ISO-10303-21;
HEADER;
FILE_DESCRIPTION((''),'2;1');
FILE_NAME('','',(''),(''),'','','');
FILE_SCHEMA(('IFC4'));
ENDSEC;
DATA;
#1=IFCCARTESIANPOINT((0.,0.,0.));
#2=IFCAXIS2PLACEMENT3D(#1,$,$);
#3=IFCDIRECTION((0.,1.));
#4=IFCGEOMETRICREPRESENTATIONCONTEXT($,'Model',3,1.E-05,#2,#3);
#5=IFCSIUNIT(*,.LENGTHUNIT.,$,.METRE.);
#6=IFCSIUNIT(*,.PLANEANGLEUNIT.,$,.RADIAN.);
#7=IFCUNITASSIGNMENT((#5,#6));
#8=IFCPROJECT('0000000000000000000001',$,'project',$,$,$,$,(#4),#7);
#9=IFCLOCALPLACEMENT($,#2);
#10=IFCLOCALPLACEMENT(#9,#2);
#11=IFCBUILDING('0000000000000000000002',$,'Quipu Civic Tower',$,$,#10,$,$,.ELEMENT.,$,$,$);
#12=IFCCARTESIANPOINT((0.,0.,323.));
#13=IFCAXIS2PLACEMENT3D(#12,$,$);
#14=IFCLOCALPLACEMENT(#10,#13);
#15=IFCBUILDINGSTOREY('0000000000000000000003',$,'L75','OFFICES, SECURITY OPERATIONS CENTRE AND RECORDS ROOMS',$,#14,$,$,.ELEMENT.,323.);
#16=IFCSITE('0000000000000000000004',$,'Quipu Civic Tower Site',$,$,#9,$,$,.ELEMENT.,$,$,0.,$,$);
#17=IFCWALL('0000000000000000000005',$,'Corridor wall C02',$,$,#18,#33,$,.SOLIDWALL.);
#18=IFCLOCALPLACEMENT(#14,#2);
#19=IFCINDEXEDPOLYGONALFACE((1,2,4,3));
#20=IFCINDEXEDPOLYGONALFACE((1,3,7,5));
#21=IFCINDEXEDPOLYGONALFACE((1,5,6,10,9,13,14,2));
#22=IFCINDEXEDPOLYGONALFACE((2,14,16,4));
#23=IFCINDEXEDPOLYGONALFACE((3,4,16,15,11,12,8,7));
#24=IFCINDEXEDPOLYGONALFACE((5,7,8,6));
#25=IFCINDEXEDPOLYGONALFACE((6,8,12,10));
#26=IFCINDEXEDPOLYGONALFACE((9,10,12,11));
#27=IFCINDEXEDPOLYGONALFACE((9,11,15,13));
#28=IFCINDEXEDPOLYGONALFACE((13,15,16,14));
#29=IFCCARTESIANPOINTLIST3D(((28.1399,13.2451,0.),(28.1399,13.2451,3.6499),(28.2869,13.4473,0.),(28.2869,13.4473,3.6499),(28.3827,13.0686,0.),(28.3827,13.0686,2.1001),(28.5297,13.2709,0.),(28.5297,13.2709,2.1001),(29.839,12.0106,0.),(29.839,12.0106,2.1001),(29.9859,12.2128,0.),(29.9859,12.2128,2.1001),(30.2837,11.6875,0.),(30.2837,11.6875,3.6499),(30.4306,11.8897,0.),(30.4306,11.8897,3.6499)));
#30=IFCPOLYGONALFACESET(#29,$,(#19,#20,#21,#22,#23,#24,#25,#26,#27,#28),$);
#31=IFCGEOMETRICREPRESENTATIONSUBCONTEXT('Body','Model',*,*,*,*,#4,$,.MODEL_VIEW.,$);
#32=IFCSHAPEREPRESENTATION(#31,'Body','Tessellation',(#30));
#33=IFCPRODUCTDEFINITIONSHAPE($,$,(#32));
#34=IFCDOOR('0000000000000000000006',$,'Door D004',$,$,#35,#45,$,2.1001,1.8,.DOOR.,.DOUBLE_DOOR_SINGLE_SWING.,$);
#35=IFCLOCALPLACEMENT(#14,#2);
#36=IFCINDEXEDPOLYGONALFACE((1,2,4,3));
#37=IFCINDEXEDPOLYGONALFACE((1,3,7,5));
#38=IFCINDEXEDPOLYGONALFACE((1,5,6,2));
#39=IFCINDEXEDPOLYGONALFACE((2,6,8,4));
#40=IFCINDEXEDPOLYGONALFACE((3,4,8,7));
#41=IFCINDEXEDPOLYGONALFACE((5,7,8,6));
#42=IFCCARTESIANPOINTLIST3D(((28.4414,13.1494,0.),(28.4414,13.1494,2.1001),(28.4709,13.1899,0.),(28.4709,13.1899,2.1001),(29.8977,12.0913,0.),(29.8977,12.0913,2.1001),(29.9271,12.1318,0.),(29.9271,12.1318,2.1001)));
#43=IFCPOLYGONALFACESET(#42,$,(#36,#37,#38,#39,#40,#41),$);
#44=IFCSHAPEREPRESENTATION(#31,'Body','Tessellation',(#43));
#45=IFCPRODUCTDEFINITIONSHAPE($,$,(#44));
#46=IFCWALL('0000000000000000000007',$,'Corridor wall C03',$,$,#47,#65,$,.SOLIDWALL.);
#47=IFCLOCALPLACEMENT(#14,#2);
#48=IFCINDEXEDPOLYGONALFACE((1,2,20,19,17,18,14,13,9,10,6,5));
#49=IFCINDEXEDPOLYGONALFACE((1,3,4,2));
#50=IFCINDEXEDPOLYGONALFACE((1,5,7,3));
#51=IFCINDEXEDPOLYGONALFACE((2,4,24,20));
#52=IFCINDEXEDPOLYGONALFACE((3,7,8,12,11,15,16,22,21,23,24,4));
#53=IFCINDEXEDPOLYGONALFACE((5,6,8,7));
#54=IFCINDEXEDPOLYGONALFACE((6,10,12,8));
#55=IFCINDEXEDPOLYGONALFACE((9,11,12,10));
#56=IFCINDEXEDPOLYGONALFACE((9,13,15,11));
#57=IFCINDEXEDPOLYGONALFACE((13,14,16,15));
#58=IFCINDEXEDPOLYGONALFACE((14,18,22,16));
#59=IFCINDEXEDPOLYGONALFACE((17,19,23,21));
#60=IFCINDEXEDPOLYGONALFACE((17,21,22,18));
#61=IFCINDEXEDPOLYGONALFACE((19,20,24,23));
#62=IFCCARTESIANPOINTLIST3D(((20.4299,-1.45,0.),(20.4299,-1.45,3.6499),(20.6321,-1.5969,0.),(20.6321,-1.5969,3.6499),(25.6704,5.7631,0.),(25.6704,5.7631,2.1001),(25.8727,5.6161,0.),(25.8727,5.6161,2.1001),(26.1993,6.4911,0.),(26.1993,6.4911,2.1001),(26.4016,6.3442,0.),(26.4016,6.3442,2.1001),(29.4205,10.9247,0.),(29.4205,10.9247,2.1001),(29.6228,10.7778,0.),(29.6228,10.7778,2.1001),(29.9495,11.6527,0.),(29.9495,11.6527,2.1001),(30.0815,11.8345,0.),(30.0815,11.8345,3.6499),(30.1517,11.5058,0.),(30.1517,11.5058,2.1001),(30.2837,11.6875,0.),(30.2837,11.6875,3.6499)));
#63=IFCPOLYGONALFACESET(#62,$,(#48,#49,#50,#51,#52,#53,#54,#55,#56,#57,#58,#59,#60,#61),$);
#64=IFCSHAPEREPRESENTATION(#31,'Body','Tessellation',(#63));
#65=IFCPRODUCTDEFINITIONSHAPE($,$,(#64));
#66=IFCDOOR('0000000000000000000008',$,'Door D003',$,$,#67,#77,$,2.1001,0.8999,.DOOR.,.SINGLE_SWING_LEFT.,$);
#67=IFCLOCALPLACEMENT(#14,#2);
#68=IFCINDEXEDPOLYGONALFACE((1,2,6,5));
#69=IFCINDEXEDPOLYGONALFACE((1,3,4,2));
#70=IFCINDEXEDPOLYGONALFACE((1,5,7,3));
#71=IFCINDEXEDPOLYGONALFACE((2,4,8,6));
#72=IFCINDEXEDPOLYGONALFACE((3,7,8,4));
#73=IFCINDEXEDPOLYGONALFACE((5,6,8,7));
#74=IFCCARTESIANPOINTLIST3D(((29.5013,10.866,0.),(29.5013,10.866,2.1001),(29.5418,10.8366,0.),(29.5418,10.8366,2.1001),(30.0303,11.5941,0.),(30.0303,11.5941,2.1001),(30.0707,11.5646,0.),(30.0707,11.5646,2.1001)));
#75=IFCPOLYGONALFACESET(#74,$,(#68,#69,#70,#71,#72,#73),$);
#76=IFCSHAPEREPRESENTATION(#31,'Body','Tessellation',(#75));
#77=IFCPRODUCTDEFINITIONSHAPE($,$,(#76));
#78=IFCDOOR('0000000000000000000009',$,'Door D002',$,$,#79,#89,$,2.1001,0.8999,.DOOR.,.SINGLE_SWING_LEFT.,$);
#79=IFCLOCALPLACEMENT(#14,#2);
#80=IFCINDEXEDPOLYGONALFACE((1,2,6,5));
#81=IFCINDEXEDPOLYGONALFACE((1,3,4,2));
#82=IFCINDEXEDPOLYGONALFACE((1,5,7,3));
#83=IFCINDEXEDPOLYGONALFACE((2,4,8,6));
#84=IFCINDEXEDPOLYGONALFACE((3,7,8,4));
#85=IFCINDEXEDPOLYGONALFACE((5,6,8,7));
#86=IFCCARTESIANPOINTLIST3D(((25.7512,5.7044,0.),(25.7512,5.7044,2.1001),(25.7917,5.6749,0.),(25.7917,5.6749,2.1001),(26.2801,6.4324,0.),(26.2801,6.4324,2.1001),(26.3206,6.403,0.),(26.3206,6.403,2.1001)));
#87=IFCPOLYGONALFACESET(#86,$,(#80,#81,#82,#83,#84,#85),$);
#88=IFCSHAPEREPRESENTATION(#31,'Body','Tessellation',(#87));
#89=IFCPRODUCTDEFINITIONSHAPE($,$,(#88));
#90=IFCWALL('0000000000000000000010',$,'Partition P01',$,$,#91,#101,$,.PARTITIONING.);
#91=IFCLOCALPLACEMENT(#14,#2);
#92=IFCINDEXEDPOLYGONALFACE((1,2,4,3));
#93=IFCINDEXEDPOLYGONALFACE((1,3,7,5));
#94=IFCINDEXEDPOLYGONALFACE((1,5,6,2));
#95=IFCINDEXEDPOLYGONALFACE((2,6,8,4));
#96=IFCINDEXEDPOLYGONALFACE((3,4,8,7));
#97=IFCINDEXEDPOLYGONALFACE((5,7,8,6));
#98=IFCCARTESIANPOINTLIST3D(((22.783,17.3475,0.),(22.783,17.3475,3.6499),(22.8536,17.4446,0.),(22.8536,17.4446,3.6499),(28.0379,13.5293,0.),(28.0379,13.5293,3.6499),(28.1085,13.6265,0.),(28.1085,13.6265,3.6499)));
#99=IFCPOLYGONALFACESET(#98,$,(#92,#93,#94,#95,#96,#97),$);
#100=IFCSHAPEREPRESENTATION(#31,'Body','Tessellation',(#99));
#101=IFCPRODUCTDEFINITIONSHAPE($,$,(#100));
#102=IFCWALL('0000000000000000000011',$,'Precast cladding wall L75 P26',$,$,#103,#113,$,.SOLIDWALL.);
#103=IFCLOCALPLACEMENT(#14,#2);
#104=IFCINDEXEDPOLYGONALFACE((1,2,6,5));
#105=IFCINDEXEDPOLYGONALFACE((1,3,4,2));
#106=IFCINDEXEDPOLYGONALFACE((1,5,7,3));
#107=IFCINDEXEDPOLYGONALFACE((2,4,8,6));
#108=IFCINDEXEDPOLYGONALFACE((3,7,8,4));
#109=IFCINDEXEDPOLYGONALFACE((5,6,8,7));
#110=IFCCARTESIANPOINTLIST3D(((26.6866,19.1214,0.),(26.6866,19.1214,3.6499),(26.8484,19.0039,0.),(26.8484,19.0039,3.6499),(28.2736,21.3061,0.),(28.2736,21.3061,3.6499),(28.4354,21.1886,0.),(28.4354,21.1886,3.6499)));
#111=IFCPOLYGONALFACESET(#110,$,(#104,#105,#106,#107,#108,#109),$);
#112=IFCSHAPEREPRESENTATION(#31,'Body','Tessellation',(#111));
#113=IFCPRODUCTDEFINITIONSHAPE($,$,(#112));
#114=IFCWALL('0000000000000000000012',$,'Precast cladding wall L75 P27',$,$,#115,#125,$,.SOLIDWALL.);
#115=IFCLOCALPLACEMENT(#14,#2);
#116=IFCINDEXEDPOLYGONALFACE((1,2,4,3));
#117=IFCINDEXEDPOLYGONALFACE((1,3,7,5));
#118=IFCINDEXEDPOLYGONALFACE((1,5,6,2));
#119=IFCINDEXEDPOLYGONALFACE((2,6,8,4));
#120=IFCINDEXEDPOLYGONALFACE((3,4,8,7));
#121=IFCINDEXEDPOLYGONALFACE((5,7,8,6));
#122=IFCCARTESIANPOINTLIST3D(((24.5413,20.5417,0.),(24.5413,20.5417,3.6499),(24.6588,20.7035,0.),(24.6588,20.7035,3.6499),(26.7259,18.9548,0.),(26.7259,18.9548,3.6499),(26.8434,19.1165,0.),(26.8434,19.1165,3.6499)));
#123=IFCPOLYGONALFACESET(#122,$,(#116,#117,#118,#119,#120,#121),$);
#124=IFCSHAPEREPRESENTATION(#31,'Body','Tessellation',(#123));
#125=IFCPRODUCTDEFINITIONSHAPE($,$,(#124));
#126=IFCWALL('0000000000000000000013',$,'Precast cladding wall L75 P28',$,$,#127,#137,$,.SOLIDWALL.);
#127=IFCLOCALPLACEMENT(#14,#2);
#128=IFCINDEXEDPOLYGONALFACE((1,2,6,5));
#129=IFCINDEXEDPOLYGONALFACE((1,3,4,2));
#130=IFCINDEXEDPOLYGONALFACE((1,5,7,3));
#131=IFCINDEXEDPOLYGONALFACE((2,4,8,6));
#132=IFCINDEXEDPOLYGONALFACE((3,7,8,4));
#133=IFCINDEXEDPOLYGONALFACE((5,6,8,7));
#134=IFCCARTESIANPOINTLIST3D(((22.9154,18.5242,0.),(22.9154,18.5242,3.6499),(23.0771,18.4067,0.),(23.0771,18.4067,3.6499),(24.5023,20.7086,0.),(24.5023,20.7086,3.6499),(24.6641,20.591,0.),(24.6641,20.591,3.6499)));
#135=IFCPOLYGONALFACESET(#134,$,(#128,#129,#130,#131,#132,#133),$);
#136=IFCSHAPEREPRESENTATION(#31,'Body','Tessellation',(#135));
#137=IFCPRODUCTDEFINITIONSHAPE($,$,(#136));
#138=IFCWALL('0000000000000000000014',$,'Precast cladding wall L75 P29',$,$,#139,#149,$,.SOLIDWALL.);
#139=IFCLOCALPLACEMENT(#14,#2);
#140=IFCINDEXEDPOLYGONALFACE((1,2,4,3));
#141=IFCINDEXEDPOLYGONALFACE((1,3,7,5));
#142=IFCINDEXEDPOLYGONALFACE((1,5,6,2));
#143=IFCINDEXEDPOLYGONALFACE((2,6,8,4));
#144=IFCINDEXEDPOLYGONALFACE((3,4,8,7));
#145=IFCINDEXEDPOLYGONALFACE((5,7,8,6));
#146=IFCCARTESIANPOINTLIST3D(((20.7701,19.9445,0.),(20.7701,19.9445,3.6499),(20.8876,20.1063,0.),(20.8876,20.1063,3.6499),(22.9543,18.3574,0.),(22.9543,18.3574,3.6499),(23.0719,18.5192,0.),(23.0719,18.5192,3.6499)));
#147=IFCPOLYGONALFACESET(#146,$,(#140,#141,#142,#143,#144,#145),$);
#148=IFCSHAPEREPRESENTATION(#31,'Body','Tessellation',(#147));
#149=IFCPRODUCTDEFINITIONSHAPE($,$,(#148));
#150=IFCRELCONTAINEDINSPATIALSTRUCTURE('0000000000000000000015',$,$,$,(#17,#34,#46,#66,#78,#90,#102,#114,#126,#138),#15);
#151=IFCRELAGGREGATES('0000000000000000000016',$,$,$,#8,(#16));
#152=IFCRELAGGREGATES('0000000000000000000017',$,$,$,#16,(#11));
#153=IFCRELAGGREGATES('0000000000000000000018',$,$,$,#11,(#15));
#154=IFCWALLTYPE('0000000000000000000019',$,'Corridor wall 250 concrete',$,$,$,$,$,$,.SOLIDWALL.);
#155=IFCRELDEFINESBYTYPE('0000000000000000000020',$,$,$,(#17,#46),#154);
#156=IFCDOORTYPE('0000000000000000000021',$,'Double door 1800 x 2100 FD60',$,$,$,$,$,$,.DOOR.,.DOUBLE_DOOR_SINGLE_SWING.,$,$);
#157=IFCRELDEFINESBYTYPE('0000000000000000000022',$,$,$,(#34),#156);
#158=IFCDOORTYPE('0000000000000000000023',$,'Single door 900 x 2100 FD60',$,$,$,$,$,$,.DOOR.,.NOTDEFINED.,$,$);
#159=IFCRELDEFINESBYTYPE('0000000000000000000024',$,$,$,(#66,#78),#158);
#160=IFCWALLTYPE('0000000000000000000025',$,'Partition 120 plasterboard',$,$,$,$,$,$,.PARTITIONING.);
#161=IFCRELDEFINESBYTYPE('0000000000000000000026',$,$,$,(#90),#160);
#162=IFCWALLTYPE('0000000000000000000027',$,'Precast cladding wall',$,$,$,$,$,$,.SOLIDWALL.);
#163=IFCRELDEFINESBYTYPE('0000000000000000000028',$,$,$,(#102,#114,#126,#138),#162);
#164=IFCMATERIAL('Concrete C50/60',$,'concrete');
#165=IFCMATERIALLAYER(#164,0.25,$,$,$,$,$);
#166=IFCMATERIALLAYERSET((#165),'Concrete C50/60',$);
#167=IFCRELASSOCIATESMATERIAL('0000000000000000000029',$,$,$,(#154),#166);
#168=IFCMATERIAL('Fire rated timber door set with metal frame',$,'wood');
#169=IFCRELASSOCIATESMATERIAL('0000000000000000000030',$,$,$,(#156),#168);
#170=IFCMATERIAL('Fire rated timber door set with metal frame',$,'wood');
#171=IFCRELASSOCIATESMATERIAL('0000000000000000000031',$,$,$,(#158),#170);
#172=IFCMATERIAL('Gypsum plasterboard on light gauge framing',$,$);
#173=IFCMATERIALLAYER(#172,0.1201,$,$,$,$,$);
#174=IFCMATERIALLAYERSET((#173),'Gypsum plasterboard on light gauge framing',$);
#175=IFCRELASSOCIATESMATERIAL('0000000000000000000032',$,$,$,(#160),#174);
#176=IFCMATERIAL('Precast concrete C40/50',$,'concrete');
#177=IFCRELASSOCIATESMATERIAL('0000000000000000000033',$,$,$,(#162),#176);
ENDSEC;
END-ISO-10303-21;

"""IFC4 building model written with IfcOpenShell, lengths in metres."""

from ifc_helpers import new_model, si_unit, direction, frame, frame_2d, origin, place, context, subcontext, project, spatial, rectangle, extrude, material, layer, layer_set, type_object, element, fill, save


model = new_model("IFC4")

# Units and contexts
model_context = context("Model", 3, precision=1e-05, world=origin(), true_north=direction((0.0, 1.0)))
body_context = subcontext(model_context, "Body", "Model", "MODEL_VIEW")
ifc_project = project(units=[si_unit("LENGTHUNIT", "METRE"), si_unit("PLANEANGLEUNIT", "RADIAN")], contexts=[model_context])

# Site, building, storey
site_placement = place(None, origin())
site = spatial("IfcSite", under=ifc_project, at=site_placement, Name="Quipu Civic Tower Site", CompositionType="ELEMENT", RefElevation=0.0)
building_placement = place(site_placement, origin())
building = spatial("IfcBuilding", under=site, at=building_placement, Name="Quipu Civic Tower", CompositionType="ELEMENT")
storey_placement = place(building_placement, frame((0.0, 0.0, 323.0)))
storey = spatial("IfcBuildingStorey", under=building, at=storey_placement, Name="L75", Description="OFFICES, SECURITY OPERATIONS CENTRE AND RECORDS ROOMS", CompositionType="ELEMENT", Elevation=323.0)

# Wall, opening, door
ifc_material_1 = material(Name="Concrete C50/60", Category="concrete")
ifc_layer_1 = layer(ifc_material_1, 0.25)
ifc_layer_set_1 = layer_set([ifc_layer_1], Name="Concrete C50/60")
wall_type_1 = type_object("IfcWallType", Name="Corridor wall 250 concrete", PredefinedType="SOLIDWALL", material=ifc_layer_set_1)
wall_1_placement = place(storey_placement, frame((28.2134, 13.3462, 0.0), z_axis=(0.0, 0.0, 1.0), x_axis=(0.809007, -0.587799, 0.0)))
wall_1 = element("IfcWall", 1, at=wall_1_placement, inside=storey, type_object=wall_type_1, Name="Corridor wall C02", PredefinedType="SOLIDWALL", context=body_context, shape_type="SweptSolid", body=[
    extrude(rectangle(XDim=2.6499, YDim=0.25, at=frame_2d((1.325, 0.0))), origin(), (0.0, 0.0, 1.0), 3.6499),
])
opening_1_placement = place(wall_1_placement, frame((0.3003, 0.0, 0.0)))
opening_1 = element("IfcOpeningElement", 2, at=opening_1_placement, cuts=wall_1, PredefinedType="OPENING", context=body_context, shape_type="SweptSolid", body=[
    extrude(rectangle(XDim=1.8, YDim=2.1001, at=frame_2d((0.8999, 1.05))), frame((0.0, 0.135, 0.0), z_axis=(0.0, -1.0, 0.0), x_axis=(1.0, 0.0, 0.0)), (0.0, 0.0, 1.0), 0.27),
])
ifc_material_2 = material(Name="Fire rated timber door set with metal frame", Category="wood")
door_type_1 = type_object("IfcDoorType", Name="Double door 1800 x 2100 FD60", OperationType="DOUBLE_DOOR_SINGLE_SWING", PredefinedType="DOOR", material=ifc_material_2)
door_1_placement = place(opening_1_placement, origin())
door_1 = element("IfcDoor", 3, at=door_1_placement, inside=storey, type_object=door_type_1, Name="Door D004", OperationType="DOUBLE_DOOR_SINGLE_SWING", OverallHeight=2.1001, OverallWidth=1.8, PredefinedType="DOOR", context=body_context, shape_type="SweptSolid", body=[
    extrude(rectangle(XDim=1.8, YDim=2.1001, at=frame_2d((0.8999, 1.05))), frame((0.0, 0.0249, 0.0), z_axis=(0.0, -1.0, 0.0), x_axis=(1.0, 0.0, 0.0)), (0.0, 0.0, 1.0), 0.05),
])
fill(opening_1, door_1)

# Wall, openings, doors
wall_2_placement = place(storey_placement, frame((30.1826, 11.761, 0.0), z_axis=(0.0, 0.0, 1.0), x_axis=(-0.587782, -0.80902, 0.0)))
wall_2 = element("IfcWall", 4, at=wall_2_placement, inside=storey, type_object=wall_type_1, Name="Corridor wall C03", PredefinedType="SOLIDWALL", context=body_context, shape_type="SweptSolid", body=[
    extrude(rectangle(XDim=16.4204, YDim=0.25, at=frame_2d((8.2102, 0.0))), origin(), (0.0, 0.0, 1.0), 3.6499),
])
opening_2_placement = place(wall_2_placement, frame((0.2246, 0.0, 0.0)))
opening_2 = element("IfcOpeningElement", 5, at=opening_2_placement, cuts=wall_2, PredefinedType="OPENING", context=body_context, shape_type="SweptSolid", body=[
    extrude(rectangle(XDim=0.8999, YDim=2.1001, at=frame_2d((0.45, 1.05))), frame((0.0, 0.135, 0.0), z_axis=(0.0, -1.0, 0.0), x_axis=(1.0, 0.0, 0.0)), (0.0, 0.0, 1.0), 0.27),
])
opening_3_placement = place(wall_2_placement, frame((6.6047, 0.0, 0.0)))
opening_3 = element("IfcOpeningElement", 6, at=opening_3_placement, cuts=wall_2, PredefinedType="OPENING", context=body_context, shape_type="SweptSolid", body=[
    extrude(rectangle(XDim=0.8999, YDim=2.1001, at=frame_2d((0.45, 1.05))), frame((0.0, 0.135, 0.0), z_axis=(0.0, -1.0, 0.0), x_axis=(1.0, 0.0, 0.0)), (0.0, 0.0, 1.0), 0.27),
])
ifc_material_3 = material(Name="Fire rated timber door set with metal frame", Category="wood")
door_type_2 = type_object("IfcDoorType", Name="Single door 900 x 2100 FD60", OperationType="NOTDEFINED", PredefinedType="DOOR", material=ifc_material_3)
door_2_placement = place(opening_2_placement, origin())
door_2 = element("IfcDoor", 7, at=door_2_placement, inside=storey, type_object=door_type_2, Name="Door D003", OperationType="SINGLE_SWING_LEFT", OverallHeight=2.1001, OverallWidth=0.8999, PredefinedType="DOOR", context=body_context, shape_type="SweptSolid", body=[
    extrude(rectangle(XDim=0.8999, YDim=2.1001, at=frame_2d((0.45, 1.05))), frame((0.0, 0.0249, 0.0), z_axis=(0.0, -1.0, 0.0), x_axis=(1.0, 0.0, 0.0)), (0.0, 0.0, 1.0), 0.05),
])
fill(opening_2, door_2)
door_3_placement = place(opening_3_placement, origin())
door_3 = element("IfcDoor", 8, at=door_3_placement, inside=storey, type_object=door_type_2, Name="Door D002", OperationType="SINGLE_SWING_LEFT", OverallHeight=2.1001, OverallWidth=0.8999, PredefinedType="DOOR", context=body_context, shape_type="SweptSolid", body=[
    extrude(rectangle(XDim=0.8999, YDim=2.1001, at=frame_2d((0.45, 1.05))), frame((0.0, 0.0249, 0.0), z_axis=(0.0, -1.0, 0.0), x_axis=(1.0, 0.0, 0.0)), (0.0, 0.0, 1.0), 0.05),
])
fill(opening_3, door_3)

# Walls
ifc_material_4 = material(Name="Gypsum plasterboard on light gauge framing")
ifc_layer_2 = layer(ifc_material_4, 0.1201)
ifc_layer_set_2 = layer_set([ifc_layer_2], Name="Gypsum plasterboard on light gauge framing")
wall_type_2 = type_object("IfcWallType", Name="Partition 120 plasterboard", PredefinedType="PARTITIONING", material=ifc_layer_set_2)
wall_3_placement = place(storey_placement, frame((28.0732, 13.5779, 0.0), z_axis=(0.0, 0.0, 1.0), x_axis=(-0.809001, 0.587807, 0.0)))
element("IfcWall", 9, at=wall_3_placement, inside=storey, type_object=wall_type_2, Name="Partition P01", PredefinedType="PARTITIONING", context=body_context, shape_type="SweptSolid", body=[
    extrude(rectangle(XDim=6.4956, YDim=0.1201, at=frame_2d((3.2478, 0.0))), origin(), (0.0, 0.0, 1.0), 3.6499),
])
ifc_material_5 = material(Name="Precast concrete C40/50", Category="concrete")
wall_type_3 = type_object("IfcWallType", Name="Precast cladding wall", PredefinedType="SOLIDWALL", material=ifc_material_5)
for number, where, z_axis, x_axis, name in (
    (10, (28.3545, 21.2473, 0.0), (0.0, 0.0, 1.0), (-0.58772, -0.809064, 0.0), "Precast cladding wall L75 P26"),
    (11, (26.7847, 19.0356, 0.0), (0.0, 0.0, 1.0), (-0.809064, 0.58772, 0.0), "Precast cladding wall L75 P27"),
):
    element("IfcWall", number, at=place(storey_placement, frame(where, z_axis=z_axis, x_axis=x_axis)), inside=storey, type_object=wall_type_3, Name=name, PredefinedType="SOLIDWALL", context=body_context, shape_type="SweptSolid", body=[
        extrude(rectangle(XDim=2.7002, YDim=0.2, at=frame_2d((1.3501, 0.0))), origin(), (0.0, 0.0, 1.0), 3.6499),
    ])
for number, where, z_axis, x_axis, name in (
    (12, (24.5833, 20.6499, 0.0), (0.0, 0.0, 1.0), (-0.587763, -0.809033, 0.0), "Precast cladding wall L75 P28"),
    (13, (23.0132, 18.4382, 0.0), (0.0, 0.0, 1.0), (-0.80899, 0.587822, 0.0), "Precast cladding wall L75 P29"),
):
    element("IfcWall", number, at=place(storey_placement, frame(where, z_axis=z_axis, x_axis=x_axis)), inside=storey, type_object=wall_type_3, Name=name, PredefinedType="SOLIDWALL", context=body_context, shape_type="SweptSolid", body=[
        extrude(rectangle(XDim=2.7, YDim=0.2, at=frame_2d((1.3501, 0.0))), origin(), (0.0, 0.0, 1.0), 3.6499),
    ])

save(model, "model.ifc")
